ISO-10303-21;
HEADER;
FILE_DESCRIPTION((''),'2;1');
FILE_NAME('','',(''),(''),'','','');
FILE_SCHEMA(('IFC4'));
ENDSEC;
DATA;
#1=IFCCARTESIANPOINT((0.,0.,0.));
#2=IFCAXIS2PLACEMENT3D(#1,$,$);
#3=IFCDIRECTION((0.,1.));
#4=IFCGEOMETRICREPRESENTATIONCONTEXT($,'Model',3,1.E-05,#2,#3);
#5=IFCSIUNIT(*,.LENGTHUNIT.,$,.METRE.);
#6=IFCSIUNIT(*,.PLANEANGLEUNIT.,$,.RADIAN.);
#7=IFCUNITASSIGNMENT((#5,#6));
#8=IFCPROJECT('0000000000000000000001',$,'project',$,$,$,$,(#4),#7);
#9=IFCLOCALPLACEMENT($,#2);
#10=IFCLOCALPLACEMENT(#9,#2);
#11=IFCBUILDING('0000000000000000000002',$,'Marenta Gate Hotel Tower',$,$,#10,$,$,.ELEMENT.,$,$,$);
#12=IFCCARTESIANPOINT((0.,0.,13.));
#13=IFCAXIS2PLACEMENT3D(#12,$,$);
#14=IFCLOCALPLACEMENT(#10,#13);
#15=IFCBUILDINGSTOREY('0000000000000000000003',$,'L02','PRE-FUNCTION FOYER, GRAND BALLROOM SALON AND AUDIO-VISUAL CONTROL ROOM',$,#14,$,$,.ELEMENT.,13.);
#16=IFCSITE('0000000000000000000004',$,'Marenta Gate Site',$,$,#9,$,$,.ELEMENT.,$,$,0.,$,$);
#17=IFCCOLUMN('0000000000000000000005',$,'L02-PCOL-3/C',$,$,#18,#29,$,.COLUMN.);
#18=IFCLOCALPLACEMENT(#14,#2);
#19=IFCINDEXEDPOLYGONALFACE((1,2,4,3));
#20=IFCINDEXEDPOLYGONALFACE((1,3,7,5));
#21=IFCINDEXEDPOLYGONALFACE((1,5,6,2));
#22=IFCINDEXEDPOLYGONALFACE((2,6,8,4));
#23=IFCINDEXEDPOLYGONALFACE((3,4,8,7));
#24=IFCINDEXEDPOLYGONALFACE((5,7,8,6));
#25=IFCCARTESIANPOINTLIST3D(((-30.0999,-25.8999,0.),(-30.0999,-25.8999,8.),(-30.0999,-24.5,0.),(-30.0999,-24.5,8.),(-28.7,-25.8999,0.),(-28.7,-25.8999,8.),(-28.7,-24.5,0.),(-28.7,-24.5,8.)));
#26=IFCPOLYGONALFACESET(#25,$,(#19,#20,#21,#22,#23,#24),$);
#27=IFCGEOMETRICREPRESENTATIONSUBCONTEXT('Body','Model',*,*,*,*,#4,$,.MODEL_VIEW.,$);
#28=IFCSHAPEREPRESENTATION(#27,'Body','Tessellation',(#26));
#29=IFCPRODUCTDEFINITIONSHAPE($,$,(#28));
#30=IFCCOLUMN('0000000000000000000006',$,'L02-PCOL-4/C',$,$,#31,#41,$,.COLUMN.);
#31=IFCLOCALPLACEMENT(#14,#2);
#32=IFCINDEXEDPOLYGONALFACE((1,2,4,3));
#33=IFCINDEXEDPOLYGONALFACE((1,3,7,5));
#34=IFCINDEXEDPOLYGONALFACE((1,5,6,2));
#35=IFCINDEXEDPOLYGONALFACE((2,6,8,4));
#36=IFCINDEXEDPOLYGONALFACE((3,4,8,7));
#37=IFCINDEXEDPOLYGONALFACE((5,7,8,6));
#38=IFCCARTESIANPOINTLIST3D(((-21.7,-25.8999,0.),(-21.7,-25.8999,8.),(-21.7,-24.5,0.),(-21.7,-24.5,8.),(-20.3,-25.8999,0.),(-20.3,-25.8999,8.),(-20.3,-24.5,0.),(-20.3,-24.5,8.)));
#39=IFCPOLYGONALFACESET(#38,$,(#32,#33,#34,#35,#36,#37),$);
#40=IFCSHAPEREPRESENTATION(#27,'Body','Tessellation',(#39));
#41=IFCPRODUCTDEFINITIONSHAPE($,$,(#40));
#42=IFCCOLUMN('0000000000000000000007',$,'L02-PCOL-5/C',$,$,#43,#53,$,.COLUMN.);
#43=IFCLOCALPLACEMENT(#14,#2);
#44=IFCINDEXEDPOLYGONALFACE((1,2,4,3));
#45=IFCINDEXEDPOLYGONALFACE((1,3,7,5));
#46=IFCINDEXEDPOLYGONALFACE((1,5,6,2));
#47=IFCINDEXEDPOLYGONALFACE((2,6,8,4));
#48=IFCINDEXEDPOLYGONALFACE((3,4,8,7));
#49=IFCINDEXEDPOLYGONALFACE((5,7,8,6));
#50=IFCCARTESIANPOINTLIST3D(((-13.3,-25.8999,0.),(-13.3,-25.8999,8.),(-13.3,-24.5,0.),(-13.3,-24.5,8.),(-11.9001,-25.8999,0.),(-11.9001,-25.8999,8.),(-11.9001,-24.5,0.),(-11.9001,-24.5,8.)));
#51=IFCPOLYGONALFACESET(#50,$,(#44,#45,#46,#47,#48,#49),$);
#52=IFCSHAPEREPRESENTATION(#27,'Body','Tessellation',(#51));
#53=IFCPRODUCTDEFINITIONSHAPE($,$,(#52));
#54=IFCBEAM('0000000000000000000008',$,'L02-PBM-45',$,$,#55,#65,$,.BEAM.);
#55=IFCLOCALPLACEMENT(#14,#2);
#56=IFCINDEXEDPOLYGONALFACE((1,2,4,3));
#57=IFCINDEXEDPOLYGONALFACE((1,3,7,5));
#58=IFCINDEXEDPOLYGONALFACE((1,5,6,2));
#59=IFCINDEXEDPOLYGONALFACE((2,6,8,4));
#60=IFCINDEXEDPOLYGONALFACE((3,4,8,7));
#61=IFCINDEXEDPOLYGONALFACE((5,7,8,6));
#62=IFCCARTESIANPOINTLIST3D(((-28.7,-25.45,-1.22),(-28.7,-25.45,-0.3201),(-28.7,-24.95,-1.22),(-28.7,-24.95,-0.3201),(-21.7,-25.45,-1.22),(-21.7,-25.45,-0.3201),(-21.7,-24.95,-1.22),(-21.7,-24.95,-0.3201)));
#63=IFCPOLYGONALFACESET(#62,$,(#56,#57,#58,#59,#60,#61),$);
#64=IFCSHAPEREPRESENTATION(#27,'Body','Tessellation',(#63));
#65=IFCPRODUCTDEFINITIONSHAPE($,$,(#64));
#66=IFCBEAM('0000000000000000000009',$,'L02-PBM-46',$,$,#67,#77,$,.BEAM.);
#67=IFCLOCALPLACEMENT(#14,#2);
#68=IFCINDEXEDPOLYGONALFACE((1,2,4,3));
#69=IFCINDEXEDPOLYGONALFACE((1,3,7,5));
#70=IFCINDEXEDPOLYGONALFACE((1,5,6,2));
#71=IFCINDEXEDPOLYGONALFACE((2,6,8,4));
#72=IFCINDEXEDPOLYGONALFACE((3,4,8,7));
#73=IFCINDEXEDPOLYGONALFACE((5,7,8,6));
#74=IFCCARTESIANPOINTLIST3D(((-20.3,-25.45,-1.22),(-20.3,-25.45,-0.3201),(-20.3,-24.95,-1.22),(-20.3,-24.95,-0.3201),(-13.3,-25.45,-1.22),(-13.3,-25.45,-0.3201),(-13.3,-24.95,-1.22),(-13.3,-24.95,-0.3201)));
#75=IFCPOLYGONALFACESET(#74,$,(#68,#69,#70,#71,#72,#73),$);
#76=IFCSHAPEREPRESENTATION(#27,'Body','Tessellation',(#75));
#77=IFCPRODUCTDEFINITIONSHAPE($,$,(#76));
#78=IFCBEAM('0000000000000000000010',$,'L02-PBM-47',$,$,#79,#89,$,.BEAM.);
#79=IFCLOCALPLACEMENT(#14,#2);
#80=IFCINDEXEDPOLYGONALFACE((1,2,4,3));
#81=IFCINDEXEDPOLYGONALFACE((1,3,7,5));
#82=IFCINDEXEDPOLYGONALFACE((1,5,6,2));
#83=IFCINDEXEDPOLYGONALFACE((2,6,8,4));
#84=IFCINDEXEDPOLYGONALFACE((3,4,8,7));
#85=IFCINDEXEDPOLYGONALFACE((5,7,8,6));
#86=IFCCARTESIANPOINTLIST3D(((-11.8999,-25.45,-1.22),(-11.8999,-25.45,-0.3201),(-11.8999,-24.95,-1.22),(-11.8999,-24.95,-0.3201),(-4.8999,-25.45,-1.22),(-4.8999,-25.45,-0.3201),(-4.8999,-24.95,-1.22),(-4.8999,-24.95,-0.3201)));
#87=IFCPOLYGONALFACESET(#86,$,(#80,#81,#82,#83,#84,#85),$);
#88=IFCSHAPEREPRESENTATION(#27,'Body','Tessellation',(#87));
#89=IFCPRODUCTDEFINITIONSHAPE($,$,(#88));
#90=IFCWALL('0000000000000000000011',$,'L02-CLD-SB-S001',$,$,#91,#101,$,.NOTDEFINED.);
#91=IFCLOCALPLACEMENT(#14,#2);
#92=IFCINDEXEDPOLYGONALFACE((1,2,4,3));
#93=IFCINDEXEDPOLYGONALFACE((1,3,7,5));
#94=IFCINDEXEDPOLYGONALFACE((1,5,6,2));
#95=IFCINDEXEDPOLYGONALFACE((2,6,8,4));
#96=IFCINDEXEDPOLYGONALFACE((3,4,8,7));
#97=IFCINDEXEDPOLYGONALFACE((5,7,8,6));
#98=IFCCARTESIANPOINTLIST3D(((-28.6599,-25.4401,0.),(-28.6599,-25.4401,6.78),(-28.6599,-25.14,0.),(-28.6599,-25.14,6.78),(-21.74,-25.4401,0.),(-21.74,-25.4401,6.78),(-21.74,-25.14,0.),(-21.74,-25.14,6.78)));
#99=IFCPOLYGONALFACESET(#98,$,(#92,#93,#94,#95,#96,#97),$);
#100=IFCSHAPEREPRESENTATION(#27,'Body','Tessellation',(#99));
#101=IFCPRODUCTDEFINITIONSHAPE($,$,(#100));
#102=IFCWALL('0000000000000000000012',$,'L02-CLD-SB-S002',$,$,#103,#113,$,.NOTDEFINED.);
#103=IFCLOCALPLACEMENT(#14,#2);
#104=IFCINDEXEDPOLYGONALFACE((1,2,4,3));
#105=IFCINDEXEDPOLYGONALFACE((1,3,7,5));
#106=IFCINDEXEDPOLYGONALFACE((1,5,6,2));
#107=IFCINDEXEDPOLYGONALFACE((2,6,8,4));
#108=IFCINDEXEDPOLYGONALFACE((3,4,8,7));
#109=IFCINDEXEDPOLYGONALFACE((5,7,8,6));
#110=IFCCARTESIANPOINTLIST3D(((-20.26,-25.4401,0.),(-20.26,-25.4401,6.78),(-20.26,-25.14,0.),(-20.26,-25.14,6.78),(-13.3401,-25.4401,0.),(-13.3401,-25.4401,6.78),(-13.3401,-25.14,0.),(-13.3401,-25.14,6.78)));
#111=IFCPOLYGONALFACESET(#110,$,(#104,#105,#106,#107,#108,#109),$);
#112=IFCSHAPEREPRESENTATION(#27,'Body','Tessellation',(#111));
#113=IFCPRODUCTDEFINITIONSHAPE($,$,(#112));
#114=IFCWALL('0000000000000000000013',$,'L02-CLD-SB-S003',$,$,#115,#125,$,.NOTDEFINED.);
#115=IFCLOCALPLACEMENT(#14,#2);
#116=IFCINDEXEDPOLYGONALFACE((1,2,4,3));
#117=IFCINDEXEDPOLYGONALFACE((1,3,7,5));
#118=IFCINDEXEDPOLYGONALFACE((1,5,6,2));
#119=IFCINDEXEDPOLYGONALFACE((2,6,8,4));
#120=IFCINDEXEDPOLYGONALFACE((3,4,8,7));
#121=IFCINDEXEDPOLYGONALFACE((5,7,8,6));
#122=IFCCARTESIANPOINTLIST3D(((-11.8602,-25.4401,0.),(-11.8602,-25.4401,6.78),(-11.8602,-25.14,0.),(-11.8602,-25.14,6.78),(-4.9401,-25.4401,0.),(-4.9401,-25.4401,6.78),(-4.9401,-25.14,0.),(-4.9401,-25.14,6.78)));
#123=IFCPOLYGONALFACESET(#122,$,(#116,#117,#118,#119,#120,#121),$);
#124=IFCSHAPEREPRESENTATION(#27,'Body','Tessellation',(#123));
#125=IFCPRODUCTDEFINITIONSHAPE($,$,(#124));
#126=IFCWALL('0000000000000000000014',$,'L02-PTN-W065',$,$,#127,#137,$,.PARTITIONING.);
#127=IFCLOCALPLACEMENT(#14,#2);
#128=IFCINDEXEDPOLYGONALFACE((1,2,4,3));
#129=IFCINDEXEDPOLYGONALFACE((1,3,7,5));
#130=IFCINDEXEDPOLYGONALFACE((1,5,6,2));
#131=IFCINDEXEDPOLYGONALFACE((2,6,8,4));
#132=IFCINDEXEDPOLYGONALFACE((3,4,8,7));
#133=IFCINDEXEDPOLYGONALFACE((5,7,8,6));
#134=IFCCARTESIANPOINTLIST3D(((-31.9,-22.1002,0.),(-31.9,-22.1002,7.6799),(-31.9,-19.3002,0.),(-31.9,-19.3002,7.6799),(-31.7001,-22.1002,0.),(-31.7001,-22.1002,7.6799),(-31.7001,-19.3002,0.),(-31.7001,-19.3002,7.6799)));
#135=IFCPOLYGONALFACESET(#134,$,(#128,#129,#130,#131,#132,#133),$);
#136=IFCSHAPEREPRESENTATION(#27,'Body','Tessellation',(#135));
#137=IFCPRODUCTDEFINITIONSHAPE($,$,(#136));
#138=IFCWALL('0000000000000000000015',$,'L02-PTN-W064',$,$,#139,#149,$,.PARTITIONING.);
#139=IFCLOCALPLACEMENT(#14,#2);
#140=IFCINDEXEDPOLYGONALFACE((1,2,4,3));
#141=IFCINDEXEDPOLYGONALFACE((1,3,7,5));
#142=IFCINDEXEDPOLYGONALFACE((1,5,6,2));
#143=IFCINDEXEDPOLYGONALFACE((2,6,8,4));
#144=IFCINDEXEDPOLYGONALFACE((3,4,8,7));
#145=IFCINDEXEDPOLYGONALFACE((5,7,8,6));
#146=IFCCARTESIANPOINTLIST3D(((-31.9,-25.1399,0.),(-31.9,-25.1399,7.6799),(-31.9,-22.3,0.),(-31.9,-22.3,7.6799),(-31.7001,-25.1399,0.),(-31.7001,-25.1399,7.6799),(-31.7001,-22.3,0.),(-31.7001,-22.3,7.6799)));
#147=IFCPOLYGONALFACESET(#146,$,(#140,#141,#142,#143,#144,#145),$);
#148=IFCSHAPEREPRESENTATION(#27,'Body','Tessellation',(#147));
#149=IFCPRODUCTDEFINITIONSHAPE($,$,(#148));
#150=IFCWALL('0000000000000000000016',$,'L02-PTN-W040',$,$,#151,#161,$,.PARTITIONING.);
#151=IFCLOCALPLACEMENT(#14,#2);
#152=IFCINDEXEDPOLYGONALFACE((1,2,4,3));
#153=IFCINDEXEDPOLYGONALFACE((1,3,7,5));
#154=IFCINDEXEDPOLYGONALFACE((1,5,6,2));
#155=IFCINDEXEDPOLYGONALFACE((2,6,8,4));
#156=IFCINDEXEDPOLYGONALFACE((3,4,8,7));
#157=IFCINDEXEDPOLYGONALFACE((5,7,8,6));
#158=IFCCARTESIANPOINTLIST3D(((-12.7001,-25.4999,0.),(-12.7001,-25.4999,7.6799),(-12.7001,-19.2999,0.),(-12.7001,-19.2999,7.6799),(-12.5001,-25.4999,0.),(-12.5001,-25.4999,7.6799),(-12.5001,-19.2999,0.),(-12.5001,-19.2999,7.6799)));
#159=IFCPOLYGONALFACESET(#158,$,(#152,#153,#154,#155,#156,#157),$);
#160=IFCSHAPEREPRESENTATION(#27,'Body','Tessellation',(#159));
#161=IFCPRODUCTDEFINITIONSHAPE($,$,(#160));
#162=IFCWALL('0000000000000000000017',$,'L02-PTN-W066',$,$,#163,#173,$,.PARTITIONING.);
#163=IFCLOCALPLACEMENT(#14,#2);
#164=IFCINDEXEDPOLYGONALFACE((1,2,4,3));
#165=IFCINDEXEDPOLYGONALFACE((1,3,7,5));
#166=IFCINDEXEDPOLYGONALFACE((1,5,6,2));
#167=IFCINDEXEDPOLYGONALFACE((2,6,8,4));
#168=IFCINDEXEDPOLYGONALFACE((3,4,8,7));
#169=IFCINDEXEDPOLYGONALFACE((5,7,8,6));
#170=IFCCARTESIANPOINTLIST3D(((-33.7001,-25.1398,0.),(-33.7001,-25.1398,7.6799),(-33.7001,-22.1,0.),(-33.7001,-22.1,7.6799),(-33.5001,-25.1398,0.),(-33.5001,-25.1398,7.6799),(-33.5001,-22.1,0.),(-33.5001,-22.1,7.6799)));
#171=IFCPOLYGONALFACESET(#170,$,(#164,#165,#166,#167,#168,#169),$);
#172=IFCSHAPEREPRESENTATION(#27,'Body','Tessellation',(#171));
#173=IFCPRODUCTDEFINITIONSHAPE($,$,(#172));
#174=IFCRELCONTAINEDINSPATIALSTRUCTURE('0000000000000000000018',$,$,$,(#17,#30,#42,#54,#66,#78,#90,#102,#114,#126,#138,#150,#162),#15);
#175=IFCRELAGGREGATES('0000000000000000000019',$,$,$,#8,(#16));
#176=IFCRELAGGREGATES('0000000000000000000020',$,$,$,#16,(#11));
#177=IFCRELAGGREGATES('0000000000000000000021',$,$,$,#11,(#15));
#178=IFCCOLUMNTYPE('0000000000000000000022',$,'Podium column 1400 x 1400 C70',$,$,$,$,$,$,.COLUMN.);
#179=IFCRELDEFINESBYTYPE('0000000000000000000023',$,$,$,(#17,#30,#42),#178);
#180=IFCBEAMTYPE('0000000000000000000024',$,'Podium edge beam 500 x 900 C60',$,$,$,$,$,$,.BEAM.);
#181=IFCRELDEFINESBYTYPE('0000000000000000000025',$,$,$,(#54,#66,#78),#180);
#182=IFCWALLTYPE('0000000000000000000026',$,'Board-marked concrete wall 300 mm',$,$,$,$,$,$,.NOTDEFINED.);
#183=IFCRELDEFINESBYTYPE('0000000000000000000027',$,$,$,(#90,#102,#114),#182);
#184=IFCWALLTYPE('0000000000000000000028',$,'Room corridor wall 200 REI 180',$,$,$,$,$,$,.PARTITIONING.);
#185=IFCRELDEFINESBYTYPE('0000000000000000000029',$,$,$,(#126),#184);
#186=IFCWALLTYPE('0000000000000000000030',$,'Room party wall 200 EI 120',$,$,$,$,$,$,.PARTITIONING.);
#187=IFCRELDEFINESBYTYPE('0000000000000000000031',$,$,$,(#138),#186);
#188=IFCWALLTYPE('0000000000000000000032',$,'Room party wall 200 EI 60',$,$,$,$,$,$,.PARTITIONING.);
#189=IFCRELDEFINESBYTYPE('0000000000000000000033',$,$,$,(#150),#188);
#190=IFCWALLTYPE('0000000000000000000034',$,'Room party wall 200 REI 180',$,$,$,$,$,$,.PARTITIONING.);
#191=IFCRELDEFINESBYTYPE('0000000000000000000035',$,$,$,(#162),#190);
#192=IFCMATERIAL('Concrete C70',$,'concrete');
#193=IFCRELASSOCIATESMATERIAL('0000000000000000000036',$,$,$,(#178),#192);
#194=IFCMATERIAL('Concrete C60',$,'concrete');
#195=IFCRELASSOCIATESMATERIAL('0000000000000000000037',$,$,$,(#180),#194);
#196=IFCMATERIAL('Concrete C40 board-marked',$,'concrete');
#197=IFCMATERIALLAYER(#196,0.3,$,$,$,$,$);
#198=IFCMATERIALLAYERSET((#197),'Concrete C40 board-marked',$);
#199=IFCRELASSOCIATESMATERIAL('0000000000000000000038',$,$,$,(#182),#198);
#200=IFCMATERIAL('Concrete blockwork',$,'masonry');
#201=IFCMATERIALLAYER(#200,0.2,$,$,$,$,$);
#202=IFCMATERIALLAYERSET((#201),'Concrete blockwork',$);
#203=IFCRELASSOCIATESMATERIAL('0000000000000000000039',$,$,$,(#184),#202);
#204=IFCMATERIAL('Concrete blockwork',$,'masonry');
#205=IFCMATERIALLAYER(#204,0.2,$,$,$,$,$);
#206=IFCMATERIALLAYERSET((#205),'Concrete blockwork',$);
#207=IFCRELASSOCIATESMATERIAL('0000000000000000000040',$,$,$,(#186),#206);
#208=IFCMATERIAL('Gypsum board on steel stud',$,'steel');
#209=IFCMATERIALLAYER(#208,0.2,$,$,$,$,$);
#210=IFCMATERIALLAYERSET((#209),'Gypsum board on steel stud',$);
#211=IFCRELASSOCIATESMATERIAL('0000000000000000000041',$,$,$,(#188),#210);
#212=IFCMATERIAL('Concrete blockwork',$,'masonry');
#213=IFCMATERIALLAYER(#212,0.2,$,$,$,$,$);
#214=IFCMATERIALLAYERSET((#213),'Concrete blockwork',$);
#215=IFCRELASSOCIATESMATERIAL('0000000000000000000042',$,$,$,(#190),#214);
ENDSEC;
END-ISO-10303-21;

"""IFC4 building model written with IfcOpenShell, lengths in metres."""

from ifc_helpers import new_model, si_unit, direction, frame, frame_2d, origin, origin_2d, place, context, subcontext, project, spatial, rectangle, extrude, material, layer, layer_set, material_profile, profile_set, type_object, element, save


model = new_model("IFC4")

# Units and contexts
model_context = context("Model", 3, precision=1e-05, world=origin(), true_north=direction((0.0, 1.0)))
body_context = subcontext(model_context, "Body", "Model", "MODEL_VIEW")
ifc_project = project(units=[si_unit("LENGTHUNIT", "METRE"), si_unit("PLANEANGLEUNIT", "RADIAN")], contexts=[model_context])

# Site, building, storey
site_placement = place(None, origin())
site = spatial("IfcSite", under=ifc_project, at=site_placement, Name="Marenta Gate Site", CompositionType="ELEMENT", RefElevation=0.0)
building_placement = place(site_placement, origin())
building = spatial("IfcBuilding", under=site, at=building_placement, Name="Marenta Gate Hotel Tower", CompositionType="ELEMENT")
storey_placement = place(building_placement, frame((0.0, 0.0, 13.0)))
storey = spatial("IfcBuildingStorey", under=building, at=storey_placement, Name="L02", Description="PRE-FUNCTION FOYER, GRAND BALLROOM SALON AND AUDIO-VISUAL CONTROL ROOM", CompositionType="ELEMENT", Elevation=13.0)

# Columns
ifc_material_1 = material(Name="Concrete C70", Category="concrete")
ifc_material_profile_1 = material_profile(ifc_material_1, rectangle(XDim=1.3999, YDim=1.3999, at=origin_2d()), Name="1400 x 1400")
ifc_profile_set_1 = profile_set([ifc_material_profile_1], Name="Concrete C70")
column_type = type_object("IfcColumnType", Name="Podium column 1400 x 1400 C70", PredefinedType="COLUMN", material=ifc_profile_set_1)
for number, where, z_axis, x_axis, name in (
    (1, (-29.3999, -25.2, 0.0), (0.0, 0.0, 1.0), (1.0, 0.0, 0.0), "L02-PCOL-3/C"),
    (2, (-21.0, -25.2, 0.0), (0.0, 0.0, 1.0), (1.0, 0.0, 0.0), "L02-PCOL-4/C"),
    (3, (-12.6001, -25.2, 0.0), (0.0, 0.0, 1.0), (1.0, 0.0, 0.0), "L02-PCOL-5/C"),
):
    element("IfcColumn", number, at=place(storey_placement, frame(where, z_axis=z_axis, x_axis=x_axis)), inside=storey, type_object=column_type, Name=name, PredefinedType="COLUMN", context=body_context, shape_type="SweptSolid", body=[
        extrude(rectangle(XDim=1.3999, YDim=1.3999, at=origin_2d()), origin(), (0.0, 0.0, 1.0), 8.0),
    ])

# Beams
ifc_material_2 = material(Name="Concrete C60", Category="concrete")
ifc_material_profile_2 = material_profile(ifc_material_2, rectangle(XDim=0.5, YDim=0.8999, at=origin_2d()), Name="500 x 900")
ifc_profile_set_2 = profile_set([ifc_material_profile_2], Name="Concrete C60")
beam_type = type_object("IfcBeamType", Name="Podium edge beam 500 x 900 C60", PredefinedType="BEAM", material=ifc_profile_set_2)
for number, where, z_axis, x_axis, name in (
    (4, (-28.7, -25.2, -0.77), (1.0, 0.0, 0.0), (0.0, 1.0, 0.0), "L02-PBM-45"),
    (5, (-20.3, -25.2, -0.77), (1.0, 0.0, 0.0), (0.0, 1.0, 0.0), "L02-PBM-46"),
    (6, (-11.8999, -25.2, -0.77), (1.0, 0.0, 0.0), (0.0, 1.0, 0.0), "L02-PBM-47"),
):
    element("IfcBeam", number, at=place(storey_placement, frame(where, z_axis=z_axis, x_axis=x_axis)), inside=storey, type_object=beam_type, Name=name, PredefinedType="BEAM", context=body_context, shape_type="SweptSolid", body=[
        extrude(rectangle(XDim=0.5, YDim=0.8999, at=origin_2d()), origin(), (0.0, 0.0, 1.0), 7.0),
    ])

# Walls
ifc_material_3 = material(Name="Concrete C40 board-marked", Category="concrete")
ifc_layer_1 = layer(ifc_material_3, 0.3)
ifc_layer_set_1 = layer_set([ifc_layer_1], Name="Concrete C40 board-marked")
wall_type_1 = type_object("IfcWallType", Name="Board-marked concrete wall 300 mm", PredefinedType="NOTDEFINED", material=ifc_layer_set_1)
for number, where, z_axis, x_axis, name in (
    (7, (-28.6599, -25.29, 0.0), (0.0, 0.0, 1.0), (1.0, 0.0, 0.0), "L02-CLD-SB-S001"),
    (8, (-20.26, -25.29, 0.0), (0.0, 0.0, 1.0), (1.0, 0.0, 0.0), "L02-CLD-SB-S002"),
):
    element("IfcWall", number, at=place(storey_placement, frame(where, z_axis=z_axis, x_axis=x_axis)), inside=storey, type_object=wall_type_1, Name=name, PredefinedType="NOTDEFINED", context=body_context, shape_type="SweptSolid", body=[
        extrude(rectangle(XDim=6.9199, YDim=0.3, at=frame_2d((3.46, 0.0))), origin(), (0.0, 0.0, 1.0), 6.78),
    ])
wall_1_placement = place(storey_placement, frame((-11.8601, -25.29, 0.0), z_axis=(0.0, 0.0, 1.0), x_axis=(1.0, 0.0, 0.0)))
element("IfcWall", 9, at=wall_1_placement, inside=storey, type_object=wall_type_1, Name="L02-CLD-SB-S003", PredefinedType="NOTDEFINED", context=body_context, shape_type="SweptSolid", body=[
    extrude(rectangle(XDim=6.9202, YDim=0.3, at=frame_2d((3.46, 0.0))), origin(), (0.0, 0.0, 1.0), 6.78),
])

# Shared definitions
ifc_material_4 = material(Name="Concrete blockwork", Category="masonry")
ifc_layer_2 = layer(ifc_material_4, 0.2)
ifc_layer_set_2 = layer_set([ifc_layer_2], Name="Concrete blockwork")
wall_type_2 = type_object("IfcWallType", Name="Room corridor wall 200 REI 180", PredefinedType="PARTITIONING", material=ifc_layer_set_2)

# Wall
wall_2_placement = place(storey_placement, frame((-31.8, -22.1001, 0.0), z_axis=(0.0, 0.0, 1.0), x_axis=(0.0, 1.0, 0.0)))
element("IfcWall", 10, at=wall_2_placement, inside=storey, type_object=wall_type_2, Name="L02-PTN-W065", PredefinedType="PARTITIONING", context=body_context, shape_type="SweptSolid", body=[
    extrude(rectangle(XDim=2.8, YDim=0.2, at=frame_2d((1.3999, 0.0))), origin(), (0.0, 0.0, 1.0), 7.6799),
])

# Walls
ifc_material_5 = material(Name="Concrete blockwork", Category="masonry")
ifc_layer_3 = layer(ifc_material_5, 0.2)
ifc_layer_set_3 = layer_set([ifc_layer_3], Name="Concrete blockwork")
wall_type_3 = type_object("IfcWallType", Name="Room party wall 200 EI 120", PredefinedType="PARTITIONING", material=ifc_layer_set_3)
wall_3_placement = place(storey_placement, frame((-31.8, -25.1399, 0.0), z_axis=(0.0, 0.0, 1.0), x_axis=(0.0, 1.0, 0.0)))
element("IfcWall", 11, at=wall_3_placement, inside=storey, type_object=wall_type_3, Name="L02-PTN-W064", PredefinedType="PARTITIONING", context=body_context, shape_type="SweptSolid", body=[
    extrude(rectangle(XDim=2.8398, YDim=0.2, at=frame_2d((1.4199, 0.0))), origin(), (0.0, 0.0, 1.0), 7.6799),
])
ifc_material_6 = material(Name="Gypsum board on steel stud", Category="steel")
ifc_layer_4 = layer(ifc_material_6, 0.2)
ifc_layer_set_4 = layer_set([ifc_layer_4], Name="Gypsum board on steel stud")
wall_type_4 = type_object("IfcWallType", Name="Room party wall 200 EI 60", PredefinedType="PARTITIONING", material=ifc_layer_set_4)
wall_4_placement = place(storey_placement, frame((-12.6001, -25.5, 0.0), z_axis=(0.0, 0.0, 1.0), x_axis=(0.0, 1.0, 0.0)))
element("IfcWall", 12, at=wall_4_placement, inside=storey, type_object=wall_type_4, Name="L02-PTN-W040", PredefinedType="PARTITIONING", context=body_context, shape_type="SweptSolid", body=[
    extrude(rectangle(XDim=6.2, YDim=0.2, at=frame_2d((3.1001, 0.0))), origin(), (0.0, 0.0, 1.0), 7.6799),
])
ifc_material_7 = material(Name="Concrete blockwork", Category="masonry")
ifc_layer_5 = layer(ifc_material_7, 0.2)
ifc_layer_set_5 = layer_set([ifc_layer_5], Name="Concrete blockwork")
wall_type_5 = type_object("IfcWallType", Name="Room party wall 200 REI 180", PredefinedType="PARTITIONING", material=ifc_layer_set_5)
wall_5_placement = place(storey_placement, frame((-33.6001, -25.1399, 0.0), z_axis=(0.0, 0.0, 1.0), x_axis=(0.0, 1.0, 0.0)))
element("IfcWall", 13, at=wall_5_placement, inside=storey, type_object=wall_type_5, Name="L02-PTN-W066", PredefinedType="PARTITIONING", context=body_context, shape_type="SweptSolid", body=[
    extrude(rectangle(XDim=3.0398, YDim=0.2, at=frame_2d((1.52, 0.0))), origin(), (0.0, 0.0, 1.0), 7.6799),
])

save(model, "model.ifc")
